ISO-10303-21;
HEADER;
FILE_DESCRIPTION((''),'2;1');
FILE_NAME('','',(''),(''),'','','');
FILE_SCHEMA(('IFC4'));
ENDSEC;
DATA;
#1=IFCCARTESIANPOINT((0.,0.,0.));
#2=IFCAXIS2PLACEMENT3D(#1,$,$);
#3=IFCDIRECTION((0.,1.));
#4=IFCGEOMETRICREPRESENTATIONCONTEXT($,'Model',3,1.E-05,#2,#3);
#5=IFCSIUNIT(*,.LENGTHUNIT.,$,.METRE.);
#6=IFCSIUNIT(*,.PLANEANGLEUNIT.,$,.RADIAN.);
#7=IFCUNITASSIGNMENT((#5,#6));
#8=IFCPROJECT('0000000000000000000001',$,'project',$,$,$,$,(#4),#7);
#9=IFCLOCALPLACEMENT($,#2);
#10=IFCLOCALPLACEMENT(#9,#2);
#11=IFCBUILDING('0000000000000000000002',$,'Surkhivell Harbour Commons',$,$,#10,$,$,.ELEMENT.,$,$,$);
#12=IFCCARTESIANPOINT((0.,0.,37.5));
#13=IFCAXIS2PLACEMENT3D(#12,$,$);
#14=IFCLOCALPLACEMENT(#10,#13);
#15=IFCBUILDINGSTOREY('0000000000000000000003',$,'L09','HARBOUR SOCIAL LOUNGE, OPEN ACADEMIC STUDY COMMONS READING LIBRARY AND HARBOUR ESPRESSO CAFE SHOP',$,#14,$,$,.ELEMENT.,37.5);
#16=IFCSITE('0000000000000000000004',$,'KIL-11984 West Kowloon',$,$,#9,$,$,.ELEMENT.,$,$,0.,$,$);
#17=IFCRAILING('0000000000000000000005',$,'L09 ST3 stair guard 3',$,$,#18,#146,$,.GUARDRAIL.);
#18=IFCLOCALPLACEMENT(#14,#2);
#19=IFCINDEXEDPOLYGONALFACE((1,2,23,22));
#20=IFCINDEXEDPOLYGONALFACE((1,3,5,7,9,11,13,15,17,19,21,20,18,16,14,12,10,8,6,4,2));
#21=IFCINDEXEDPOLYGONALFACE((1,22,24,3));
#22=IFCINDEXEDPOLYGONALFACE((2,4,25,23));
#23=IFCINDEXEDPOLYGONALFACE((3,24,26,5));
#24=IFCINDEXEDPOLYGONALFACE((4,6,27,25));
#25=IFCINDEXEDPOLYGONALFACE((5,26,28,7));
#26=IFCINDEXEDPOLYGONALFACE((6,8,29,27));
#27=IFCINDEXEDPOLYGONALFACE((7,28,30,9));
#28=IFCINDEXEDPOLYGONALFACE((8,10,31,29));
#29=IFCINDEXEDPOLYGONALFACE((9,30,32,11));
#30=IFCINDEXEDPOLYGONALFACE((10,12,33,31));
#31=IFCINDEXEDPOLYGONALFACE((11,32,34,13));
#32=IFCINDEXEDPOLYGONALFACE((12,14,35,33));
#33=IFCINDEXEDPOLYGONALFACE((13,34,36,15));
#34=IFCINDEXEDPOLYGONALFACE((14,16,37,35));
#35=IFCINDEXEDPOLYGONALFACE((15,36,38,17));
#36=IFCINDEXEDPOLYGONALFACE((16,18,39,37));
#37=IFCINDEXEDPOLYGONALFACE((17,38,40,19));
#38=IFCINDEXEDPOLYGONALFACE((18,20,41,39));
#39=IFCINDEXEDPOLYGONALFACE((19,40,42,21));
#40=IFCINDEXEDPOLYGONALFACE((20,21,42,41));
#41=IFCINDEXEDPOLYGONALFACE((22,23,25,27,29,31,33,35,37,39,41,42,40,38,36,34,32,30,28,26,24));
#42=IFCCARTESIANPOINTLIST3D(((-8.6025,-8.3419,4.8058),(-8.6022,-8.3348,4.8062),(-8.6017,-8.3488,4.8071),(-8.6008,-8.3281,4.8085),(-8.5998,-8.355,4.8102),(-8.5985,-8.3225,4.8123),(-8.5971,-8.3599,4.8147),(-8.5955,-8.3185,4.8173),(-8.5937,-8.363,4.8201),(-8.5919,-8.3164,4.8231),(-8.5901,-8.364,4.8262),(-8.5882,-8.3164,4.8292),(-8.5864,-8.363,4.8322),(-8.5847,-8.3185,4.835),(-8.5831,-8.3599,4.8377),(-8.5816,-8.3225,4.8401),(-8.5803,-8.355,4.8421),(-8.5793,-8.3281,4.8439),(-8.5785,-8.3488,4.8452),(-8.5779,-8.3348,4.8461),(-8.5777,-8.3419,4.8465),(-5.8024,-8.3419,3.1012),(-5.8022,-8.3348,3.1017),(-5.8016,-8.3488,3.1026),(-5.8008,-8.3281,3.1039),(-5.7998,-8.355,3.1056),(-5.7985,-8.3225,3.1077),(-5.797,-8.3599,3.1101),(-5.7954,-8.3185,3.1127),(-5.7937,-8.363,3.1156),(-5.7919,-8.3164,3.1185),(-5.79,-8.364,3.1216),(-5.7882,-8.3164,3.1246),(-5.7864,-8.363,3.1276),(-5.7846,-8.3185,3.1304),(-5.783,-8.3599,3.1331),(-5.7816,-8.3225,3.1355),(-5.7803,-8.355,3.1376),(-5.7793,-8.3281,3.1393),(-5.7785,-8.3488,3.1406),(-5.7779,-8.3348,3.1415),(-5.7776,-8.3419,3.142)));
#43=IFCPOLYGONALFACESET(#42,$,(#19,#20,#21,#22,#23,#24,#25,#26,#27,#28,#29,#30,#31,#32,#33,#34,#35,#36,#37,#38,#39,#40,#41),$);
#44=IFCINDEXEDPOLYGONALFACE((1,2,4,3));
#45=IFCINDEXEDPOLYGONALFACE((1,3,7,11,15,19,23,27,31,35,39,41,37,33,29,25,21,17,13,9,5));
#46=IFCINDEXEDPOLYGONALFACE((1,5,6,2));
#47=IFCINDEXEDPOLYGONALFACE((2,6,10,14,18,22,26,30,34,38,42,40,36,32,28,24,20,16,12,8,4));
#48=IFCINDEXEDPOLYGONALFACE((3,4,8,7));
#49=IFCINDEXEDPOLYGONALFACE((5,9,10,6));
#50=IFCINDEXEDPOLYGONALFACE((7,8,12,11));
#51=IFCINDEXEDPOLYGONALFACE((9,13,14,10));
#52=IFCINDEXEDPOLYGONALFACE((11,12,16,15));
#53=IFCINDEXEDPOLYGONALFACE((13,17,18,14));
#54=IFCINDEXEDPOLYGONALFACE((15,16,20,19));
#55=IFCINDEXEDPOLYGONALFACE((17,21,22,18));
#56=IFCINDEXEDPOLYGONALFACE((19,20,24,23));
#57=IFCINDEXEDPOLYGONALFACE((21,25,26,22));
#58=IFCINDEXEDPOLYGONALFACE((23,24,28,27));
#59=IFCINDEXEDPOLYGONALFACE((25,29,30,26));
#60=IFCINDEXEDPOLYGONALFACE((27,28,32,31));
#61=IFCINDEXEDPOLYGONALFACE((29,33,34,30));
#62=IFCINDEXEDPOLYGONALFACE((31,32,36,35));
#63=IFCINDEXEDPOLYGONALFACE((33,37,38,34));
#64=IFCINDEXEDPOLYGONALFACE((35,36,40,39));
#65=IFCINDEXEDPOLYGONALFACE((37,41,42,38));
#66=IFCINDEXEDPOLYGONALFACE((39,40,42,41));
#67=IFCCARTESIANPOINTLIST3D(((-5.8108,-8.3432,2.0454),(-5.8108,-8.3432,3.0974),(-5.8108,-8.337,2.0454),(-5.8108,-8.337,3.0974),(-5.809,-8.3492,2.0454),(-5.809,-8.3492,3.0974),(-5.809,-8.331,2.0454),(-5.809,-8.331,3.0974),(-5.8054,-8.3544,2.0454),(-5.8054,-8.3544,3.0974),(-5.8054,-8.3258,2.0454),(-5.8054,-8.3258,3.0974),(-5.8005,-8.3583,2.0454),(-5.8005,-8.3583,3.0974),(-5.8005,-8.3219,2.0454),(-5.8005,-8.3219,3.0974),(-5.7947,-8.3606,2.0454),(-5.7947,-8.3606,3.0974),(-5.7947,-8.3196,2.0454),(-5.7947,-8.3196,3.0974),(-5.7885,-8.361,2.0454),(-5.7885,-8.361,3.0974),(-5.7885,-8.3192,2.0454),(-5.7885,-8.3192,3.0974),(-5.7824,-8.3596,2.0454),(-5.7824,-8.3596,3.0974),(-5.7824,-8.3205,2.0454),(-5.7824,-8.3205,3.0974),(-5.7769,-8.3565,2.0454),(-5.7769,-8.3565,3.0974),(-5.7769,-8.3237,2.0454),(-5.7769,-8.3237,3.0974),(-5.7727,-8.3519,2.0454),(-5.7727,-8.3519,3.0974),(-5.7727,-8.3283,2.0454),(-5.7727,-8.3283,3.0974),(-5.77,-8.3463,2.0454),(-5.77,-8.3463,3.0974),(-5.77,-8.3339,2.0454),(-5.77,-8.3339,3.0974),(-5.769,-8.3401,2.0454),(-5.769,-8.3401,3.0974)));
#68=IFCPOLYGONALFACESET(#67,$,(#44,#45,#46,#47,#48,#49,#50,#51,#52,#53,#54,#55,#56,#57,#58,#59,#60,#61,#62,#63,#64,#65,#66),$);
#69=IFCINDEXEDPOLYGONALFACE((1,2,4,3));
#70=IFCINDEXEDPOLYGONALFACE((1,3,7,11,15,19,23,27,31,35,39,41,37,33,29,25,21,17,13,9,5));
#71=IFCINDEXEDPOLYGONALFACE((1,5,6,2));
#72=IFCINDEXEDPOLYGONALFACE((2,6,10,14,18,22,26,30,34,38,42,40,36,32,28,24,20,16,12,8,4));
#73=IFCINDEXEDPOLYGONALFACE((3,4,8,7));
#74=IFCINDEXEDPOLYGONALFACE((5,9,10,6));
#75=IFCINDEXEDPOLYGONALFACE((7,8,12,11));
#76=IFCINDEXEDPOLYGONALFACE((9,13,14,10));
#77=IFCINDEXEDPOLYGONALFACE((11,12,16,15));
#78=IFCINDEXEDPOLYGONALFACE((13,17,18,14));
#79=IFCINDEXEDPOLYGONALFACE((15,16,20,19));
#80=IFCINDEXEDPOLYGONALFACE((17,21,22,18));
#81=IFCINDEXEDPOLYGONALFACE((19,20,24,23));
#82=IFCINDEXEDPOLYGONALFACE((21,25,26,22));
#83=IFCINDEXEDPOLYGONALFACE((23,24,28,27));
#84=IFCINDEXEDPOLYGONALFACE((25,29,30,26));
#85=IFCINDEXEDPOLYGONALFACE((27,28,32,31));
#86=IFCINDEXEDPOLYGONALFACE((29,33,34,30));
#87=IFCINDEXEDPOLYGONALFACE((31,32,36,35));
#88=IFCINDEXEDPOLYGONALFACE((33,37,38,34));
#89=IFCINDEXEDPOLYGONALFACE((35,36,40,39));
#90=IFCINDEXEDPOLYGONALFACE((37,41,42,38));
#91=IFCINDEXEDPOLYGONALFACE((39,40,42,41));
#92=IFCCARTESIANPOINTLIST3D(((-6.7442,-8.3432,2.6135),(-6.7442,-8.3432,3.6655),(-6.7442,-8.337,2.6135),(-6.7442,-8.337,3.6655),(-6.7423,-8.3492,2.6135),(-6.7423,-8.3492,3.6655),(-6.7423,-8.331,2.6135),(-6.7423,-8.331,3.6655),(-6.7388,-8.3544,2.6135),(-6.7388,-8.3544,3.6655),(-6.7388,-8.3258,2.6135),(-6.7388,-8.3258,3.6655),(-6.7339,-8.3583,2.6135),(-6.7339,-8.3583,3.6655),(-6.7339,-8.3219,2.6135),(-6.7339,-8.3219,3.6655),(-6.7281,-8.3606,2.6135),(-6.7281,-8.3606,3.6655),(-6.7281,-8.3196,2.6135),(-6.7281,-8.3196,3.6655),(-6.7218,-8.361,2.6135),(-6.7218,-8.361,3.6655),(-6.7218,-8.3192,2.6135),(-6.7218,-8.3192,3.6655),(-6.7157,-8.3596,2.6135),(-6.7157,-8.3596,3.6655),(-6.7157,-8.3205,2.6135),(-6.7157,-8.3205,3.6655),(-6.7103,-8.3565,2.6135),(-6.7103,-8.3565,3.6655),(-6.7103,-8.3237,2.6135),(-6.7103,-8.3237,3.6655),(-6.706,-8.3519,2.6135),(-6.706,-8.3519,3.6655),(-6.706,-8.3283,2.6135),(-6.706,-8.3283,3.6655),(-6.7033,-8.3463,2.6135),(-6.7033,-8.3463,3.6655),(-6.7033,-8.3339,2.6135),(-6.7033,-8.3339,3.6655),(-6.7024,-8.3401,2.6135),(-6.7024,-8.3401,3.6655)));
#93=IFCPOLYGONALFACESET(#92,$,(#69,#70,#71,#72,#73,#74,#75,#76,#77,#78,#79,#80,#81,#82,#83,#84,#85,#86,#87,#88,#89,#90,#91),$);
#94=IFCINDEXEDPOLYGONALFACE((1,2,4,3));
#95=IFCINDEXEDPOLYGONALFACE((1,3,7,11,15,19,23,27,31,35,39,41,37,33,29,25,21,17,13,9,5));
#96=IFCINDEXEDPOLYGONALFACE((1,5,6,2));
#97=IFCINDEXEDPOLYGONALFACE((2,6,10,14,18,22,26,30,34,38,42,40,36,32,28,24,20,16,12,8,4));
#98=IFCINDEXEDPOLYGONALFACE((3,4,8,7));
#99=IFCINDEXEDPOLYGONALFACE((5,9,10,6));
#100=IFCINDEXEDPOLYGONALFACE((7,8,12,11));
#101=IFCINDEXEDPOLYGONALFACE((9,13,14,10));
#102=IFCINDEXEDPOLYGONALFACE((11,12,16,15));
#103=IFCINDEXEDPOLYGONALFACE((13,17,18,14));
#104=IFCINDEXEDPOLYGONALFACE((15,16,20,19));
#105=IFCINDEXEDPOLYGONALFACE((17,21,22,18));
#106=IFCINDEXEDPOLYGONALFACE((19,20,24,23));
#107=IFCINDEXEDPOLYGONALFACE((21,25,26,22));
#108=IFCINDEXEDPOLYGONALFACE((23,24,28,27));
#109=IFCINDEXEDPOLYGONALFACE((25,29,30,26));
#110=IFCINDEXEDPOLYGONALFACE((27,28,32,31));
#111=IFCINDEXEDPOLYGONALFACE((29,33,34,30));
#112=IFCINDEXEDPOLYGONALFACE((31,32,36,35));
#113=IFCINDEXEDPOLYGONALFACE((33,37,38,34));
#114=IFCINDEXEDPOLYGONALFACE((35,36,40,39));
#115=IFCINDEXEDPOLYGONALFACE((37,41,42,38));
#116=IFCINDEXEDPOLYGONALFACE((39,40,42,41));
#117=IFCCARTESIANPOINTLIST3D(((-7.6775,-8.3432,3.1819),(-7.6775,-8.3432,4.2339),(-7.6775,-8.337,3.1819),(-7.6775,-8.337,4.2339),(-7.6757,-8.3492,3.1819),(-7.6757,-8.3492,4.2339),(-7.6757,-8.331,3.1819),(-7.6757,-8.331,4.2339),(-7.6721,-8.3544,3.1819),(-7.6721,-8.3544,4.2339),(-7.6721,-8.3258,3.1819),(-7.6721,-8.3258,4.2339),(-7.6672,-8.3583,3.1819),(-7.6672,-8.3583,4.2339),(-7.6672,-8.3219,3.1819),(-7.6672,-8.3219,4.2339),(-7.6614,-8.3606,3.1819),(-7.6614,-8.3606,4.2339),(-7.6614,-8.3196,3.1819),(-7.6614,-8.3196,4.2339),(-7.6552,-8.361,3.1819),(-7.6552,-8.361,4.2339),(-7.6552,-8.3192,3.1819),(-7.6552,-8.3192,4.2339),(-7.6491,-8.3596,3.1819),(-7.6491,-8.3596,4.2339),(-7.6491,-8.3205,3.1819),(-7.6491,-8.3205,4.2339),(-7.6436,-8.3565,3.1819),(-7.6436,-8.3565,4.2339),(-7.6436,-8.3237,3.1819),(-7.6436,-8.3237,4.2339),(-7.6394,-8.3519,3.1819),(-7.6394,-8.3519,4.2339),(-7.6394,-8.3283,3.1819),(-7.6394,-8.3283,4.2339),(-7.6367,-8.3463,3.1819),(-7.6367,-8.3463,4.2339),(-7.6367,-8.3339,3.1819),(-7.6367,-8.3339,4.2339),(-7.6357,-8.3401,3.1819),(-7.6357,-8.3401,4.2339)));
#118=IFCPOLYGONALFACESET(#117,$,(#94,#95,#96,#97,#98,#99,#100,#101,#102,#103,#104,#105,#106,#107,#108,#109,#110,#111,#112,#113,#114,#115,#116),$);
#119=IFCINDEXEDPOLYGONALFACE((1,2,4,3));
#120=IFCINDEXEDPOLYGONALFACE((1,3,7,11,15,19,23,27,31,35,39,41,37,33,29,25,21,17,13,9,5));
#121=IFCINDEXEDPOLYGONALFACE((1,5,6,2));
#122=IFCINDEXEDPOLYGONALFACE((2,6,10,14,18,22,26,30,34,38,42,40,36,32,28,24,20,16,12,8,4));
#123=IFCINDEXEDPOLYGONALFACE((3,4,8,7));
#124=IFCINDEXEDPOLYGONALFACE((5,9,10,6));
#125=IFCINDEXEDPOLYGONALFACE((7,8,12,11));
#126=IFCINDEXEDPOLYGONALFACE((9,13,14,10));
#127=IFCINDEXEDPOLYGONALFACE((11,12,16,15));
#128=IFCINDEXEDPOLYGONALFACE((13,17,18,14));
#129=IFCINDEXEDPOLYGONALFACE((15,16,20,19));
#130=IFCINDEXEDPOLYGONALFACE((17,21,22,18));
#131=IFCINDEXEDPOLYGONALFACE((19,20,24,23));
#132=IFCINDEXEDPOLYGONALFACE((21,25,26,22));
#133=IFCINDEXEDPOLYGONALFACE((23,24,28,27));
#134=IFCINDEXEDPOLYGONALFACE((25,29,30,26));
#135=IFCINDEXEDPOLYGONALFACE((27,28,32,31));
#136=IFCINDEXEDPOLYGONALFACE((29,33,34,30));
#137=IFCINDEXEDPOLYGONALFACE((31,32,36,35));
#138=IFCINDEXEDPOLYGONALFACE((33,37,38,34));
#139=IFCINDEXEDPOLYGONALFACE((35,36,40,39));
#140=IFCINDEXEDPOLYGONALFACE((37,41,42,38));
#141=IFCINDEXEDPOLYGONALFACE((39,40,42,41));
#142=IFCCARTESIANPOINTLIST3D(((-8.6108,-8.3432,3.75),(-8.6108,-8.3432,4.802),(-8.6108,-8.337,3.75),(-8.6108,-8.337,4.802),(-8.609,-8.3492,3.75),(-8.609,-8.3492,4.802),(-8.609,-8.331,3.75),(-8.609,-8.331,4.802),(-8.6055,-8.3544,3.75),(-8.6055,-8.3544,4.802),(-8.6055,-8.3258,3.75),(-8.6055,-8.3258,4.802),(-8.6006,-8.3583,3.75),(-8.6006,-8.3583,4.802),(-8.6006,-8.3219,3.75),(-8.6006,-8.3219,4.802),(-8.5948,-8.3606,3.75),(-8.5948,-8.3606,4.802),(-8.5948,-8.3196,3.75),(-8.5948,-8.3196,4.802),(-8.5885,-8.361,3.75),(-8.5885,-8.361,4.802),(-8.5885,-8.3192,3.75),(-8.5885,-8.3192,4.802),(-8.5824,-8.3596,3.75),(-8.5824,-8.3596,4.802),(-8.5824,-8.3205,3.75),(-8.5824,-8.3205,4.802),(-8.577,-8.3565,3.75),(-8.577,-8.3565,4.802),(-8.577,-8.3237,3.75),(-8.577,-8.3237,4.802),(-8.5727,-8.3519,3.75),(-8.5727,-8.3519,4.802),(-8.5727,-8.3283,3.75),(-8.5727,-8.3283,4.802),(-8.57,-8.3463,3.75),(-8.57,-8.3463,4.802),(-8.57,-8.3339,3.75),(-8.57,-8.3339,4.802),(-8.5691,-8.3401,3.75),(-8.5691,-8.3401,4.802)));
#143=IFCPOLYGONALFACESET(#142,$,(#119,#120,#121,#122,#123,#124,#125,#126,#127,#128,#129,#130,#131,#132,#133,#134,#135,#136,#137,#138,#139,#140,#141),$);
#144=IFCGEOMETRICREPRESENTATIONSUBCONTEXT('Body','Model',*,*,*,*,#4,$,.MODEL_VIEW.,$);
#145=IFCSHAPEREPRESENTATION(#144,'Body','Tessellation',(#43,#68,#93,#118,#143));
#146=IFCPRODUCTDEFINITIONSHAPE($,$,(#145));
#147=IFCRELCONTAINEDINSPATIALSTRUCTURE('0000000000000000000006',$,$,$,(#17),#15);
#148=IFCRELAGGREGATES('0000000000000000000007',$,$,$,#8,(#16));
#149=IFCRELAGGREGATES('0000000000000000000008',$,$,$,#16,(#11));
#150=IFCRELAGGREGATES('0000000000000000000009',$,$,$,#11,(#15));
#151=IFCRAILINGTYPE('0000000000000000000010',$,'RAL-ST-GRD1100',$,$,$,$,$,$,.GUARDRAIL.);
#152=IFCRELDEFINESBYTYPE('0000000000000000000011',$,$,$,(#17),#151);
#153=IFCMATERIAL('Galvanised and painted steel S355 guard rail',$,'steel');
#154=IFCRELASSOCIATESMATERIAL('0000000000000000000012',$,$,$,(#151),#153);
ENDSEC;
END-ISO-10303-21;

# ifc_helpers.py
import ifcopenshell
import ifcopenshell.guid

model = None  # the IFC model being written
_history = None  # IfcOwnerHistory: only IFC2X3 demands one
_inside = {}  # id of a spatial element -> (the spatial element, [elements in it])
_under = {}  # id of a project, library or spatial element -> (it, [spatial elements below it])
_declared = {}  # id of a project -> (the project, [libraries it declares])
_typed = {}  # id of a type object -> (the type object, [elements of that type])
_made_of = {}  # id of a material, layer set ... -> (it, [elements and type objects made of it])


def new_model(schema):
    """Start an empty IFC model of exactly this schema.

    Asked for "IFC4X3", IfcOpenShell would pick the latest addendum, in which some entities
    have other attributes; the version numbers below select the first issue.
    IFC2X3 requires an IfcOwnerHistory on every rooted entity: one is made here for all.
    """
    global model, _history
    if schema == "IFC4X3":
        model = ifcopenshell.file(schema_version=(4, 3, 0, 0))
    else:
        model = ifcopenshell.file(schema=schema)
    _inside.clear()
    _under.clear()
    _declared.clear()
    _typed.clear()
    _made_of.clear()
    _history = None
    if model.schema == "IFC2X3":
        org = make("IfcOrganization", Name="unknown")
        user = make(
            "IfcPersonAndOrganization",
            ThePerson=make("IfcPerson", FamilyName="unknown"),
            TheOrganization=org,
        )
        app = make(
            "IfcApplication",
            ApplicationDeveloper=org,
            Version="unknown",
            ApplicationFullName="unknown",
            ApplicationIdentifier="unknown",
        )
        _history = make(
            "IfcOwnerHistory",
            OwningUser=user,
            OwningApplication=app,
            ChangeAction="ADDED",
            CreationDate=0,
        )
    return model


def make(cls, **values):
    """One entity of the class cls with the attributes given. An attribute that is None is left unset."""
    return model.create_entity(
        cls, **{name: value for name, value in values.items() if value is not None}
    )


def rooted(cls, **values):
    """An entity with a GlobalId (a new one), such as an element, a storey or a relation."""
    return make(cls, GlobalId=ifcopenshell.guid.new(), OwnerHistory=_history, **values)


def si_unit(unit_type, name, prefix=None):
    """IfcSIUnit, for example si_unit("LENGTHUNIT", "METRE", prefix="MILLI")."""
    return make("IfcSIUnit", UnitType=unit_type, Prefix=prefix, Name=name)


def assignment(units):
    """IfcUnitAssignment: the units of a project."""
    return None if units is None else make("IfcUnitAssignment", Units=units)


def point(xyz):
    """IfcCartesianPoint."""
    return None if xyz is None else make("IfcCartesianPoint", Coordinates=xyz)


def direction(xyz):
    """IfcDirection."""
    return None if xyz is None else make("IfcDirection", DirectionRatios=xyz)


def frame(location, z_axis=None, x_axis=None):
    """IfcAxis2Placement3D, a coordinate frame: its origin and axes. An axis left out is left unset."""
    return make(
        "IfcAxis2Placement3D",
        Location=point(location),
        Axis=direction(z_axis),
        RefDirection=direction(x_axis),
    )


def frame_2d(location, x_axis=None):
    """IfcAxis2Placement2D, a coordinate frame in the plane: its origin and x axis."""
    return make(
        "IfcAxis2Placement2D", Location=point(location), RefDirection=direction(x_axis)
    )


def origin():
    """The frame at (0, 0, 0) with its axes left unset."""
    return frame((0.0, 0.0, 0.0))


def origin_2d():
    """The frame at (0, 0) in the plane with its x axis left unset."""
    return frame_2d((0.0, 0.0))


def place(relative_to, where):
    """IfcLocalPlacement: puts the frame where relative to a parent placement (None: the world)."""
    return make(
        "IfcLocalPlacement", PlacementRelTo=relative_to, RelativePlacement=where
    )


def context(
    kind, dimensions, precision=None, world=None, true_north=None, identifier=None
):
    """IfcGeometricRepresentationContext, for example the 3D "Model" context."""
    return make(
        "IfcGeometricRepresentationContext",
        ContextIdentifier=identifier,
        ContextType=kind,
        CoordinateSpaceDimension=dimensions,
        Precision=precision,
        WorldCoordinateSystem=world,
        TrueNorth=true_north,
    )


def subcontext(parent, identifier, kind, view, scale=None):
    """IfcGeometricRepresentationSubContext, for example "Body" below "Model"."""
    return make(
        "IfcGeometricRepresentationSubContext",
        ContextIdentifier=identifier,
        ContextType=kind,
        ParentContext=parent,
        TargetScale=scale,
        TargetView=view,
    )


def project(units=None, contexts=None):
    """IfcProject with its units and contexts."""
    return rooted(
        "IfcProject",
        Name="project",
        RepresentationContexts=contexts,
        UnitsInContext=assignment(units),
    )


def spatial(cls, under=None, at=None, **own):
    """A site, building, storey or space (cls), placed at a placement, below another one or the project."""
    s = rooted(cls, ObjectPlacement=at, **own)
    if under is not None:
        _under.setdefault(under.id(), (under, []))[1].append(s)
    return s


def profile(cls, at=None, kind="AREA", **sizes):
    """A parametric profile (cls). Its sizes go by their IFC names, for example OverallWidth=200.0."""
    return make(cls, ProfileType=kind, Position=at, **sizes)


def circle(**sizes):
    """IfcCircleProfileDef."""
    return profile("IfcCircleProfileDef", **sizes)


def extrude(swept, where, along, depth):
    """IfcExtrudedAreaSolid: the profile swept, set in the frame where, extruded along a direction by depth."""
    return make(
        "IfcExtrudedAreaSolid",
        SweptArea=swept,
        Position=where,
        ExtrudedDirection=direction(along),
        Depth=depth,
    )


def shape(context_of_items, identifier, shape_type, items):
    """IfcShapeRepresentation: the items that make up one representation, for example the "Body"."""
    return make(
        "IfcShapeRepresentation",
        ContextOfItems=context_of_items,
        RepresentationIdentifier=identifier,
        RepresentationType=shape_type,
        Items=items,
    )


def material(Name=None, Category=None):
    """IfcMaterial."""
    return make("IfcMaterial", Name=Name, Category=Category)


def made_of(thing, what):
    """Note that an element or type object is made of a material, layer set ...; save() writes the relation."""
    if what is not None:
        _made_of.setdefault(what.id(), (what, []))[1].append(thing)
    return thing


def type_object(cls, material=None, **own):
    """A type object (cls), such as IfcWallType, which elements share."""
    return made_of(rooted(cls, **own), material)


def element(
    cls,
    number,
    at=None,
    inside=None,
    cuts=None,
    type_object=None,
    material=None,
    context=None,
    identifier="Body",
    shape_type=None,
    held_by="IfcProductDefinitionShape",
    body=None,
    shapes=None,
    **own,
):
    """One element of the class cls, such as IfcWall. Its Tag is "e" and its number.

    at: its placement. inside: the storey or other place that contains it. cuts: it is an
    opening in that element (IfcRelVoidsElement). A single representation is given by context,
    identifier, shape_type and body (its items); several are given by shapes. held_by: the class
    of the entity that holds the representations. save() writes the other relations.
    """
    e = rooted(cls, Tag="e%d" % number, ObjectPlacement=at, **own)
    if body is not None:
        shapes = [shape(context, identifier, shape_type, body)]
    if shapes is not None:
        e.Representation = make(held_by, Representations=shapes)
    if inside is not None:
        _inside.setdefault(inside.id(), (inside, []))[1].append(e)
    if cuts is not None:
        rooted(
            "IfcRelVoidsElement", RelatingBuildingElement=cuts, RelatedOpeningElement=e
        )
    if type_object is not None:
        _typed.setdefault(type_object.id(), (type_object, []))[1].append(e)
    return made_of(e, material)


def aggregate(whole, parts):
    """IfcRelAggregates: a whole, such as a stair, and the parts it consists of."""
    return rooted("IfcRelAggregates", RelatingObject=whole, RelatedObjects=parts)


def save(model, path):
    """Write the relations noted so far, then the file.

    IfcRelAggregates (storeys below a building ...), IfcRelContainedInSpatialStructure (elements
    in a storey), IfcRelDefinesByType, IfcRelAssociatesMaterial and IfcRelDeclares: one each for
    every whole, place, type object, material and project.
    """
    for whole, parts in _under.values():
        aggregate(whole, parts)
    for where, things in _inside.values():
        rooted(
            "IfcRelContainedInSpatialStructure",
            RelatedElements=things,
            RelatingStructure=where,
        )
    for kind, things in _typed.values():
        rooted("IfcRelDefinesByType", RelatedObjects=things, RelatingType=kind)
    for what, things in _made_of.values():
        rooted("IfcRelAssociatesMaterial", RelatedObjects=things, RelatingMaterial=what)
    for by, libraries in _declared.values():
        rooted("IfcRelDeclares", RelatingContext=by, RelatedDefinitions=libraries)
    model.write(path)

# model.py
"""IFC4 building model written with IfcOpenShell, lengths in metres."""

from ifc_helpers import new_model, si_unit, direction, frame, origin, origin_2d, place, context, subcontext, project, spatial, circle, extrude, material, type_object, element, save


model = new_model("IFC4")

# Units and contexts
model_context = context("Model", 3, precision=1e-05, world=origin(), true_north=direction((0.0, 1.0)))
body_context = subcontext(model_context, "Body", "Model", "MODEL_VIEW")
ifc_project = project(units=[si_unit("LENGTHUNIT", "METRE"), si_unit("PLANEANGLEUNIT", "RADIAN")], contexts=[model_context])

# Site, building, storey
site_placement = place(None, origin())
site = spatial("IfcSite", under=ifc_project, at=site_placement, Name="KIL-11984 West Kowloon", CompositionType="ELEMENT", RefElevation=0.0)
building_placement = place(site_placement, origin())
building = spatial("IfcBuilding", under=site, at=building_placement, Name="Surkhivell Harbour Commons", CompositionType="ELEMENT")
storey_placement = place(building_placement, frame((0.0, 0.0, 37.5)))
storey = spatial("IfcBuildingStorey", under=building, at=storey_placement, Name="L09", Description="HARBOUR SOCIAL LOUNGE, OPEN ACADEMIC STUDY COMMONS READING LIBRARY AND HARBOUR ESPRESSO CAFE SHOP", CompositionType="ELEMENT", Elevation=37.5)

# Railing
ifc_material_1 = material(Name="Galvanised and painted steel S355 guard rail", Category="steel")
railing_type_1 = type_object("IfcRailingType", Name="RAL-ST-GRD1100", PredefinedType="GUARDRAIL", material=ifc_material_1)
railing_1_placement = place(storey_placement, frame((-5.79, -8.3401, 2.0454)))
element("IfcRailing", 1, at=railing_1_placement, inside=storey, type_object=railing_type_1, Name="L09 ST3 stair guard 3", PredefinedType="GUARDRAIL", context=body_context, shape_type="SweptSolid", body=[
    extrude(circle(Radius=0.0239, at=origin_2d()), frame((0.0, 0.0, 1.0762), z_axis=(-0.85417, 0.0, 0.519994), x_axis=(0.0, -1.0, 0.0)), (0.0, 0.0, 1.0), 3.2781),
    extrude(circle(Radius=0.021, at=origin_2d()), origin(), (0.0, 0.0, 1.0), 1.052),
    extrude(circle(Radius=0.021, at=origin_2d()), frame((-0.9333, 0.0, 0.5681)), (0.0, 0.0, 1.0), 1.052),
    extrude(circle(Radius=0.021, at=origin_2d()), frame((-1.8667, 0.0, 1.1365)), (0.0, 0.0, 1.0), 1.052),
    extrude(circle(Radius=0.021, at=origin_2d()), frame((-2.8, 0.0, 1.7046)), (0.0, 0.0, 1.0), 1.052),
])

save(model, "model.ifc")
